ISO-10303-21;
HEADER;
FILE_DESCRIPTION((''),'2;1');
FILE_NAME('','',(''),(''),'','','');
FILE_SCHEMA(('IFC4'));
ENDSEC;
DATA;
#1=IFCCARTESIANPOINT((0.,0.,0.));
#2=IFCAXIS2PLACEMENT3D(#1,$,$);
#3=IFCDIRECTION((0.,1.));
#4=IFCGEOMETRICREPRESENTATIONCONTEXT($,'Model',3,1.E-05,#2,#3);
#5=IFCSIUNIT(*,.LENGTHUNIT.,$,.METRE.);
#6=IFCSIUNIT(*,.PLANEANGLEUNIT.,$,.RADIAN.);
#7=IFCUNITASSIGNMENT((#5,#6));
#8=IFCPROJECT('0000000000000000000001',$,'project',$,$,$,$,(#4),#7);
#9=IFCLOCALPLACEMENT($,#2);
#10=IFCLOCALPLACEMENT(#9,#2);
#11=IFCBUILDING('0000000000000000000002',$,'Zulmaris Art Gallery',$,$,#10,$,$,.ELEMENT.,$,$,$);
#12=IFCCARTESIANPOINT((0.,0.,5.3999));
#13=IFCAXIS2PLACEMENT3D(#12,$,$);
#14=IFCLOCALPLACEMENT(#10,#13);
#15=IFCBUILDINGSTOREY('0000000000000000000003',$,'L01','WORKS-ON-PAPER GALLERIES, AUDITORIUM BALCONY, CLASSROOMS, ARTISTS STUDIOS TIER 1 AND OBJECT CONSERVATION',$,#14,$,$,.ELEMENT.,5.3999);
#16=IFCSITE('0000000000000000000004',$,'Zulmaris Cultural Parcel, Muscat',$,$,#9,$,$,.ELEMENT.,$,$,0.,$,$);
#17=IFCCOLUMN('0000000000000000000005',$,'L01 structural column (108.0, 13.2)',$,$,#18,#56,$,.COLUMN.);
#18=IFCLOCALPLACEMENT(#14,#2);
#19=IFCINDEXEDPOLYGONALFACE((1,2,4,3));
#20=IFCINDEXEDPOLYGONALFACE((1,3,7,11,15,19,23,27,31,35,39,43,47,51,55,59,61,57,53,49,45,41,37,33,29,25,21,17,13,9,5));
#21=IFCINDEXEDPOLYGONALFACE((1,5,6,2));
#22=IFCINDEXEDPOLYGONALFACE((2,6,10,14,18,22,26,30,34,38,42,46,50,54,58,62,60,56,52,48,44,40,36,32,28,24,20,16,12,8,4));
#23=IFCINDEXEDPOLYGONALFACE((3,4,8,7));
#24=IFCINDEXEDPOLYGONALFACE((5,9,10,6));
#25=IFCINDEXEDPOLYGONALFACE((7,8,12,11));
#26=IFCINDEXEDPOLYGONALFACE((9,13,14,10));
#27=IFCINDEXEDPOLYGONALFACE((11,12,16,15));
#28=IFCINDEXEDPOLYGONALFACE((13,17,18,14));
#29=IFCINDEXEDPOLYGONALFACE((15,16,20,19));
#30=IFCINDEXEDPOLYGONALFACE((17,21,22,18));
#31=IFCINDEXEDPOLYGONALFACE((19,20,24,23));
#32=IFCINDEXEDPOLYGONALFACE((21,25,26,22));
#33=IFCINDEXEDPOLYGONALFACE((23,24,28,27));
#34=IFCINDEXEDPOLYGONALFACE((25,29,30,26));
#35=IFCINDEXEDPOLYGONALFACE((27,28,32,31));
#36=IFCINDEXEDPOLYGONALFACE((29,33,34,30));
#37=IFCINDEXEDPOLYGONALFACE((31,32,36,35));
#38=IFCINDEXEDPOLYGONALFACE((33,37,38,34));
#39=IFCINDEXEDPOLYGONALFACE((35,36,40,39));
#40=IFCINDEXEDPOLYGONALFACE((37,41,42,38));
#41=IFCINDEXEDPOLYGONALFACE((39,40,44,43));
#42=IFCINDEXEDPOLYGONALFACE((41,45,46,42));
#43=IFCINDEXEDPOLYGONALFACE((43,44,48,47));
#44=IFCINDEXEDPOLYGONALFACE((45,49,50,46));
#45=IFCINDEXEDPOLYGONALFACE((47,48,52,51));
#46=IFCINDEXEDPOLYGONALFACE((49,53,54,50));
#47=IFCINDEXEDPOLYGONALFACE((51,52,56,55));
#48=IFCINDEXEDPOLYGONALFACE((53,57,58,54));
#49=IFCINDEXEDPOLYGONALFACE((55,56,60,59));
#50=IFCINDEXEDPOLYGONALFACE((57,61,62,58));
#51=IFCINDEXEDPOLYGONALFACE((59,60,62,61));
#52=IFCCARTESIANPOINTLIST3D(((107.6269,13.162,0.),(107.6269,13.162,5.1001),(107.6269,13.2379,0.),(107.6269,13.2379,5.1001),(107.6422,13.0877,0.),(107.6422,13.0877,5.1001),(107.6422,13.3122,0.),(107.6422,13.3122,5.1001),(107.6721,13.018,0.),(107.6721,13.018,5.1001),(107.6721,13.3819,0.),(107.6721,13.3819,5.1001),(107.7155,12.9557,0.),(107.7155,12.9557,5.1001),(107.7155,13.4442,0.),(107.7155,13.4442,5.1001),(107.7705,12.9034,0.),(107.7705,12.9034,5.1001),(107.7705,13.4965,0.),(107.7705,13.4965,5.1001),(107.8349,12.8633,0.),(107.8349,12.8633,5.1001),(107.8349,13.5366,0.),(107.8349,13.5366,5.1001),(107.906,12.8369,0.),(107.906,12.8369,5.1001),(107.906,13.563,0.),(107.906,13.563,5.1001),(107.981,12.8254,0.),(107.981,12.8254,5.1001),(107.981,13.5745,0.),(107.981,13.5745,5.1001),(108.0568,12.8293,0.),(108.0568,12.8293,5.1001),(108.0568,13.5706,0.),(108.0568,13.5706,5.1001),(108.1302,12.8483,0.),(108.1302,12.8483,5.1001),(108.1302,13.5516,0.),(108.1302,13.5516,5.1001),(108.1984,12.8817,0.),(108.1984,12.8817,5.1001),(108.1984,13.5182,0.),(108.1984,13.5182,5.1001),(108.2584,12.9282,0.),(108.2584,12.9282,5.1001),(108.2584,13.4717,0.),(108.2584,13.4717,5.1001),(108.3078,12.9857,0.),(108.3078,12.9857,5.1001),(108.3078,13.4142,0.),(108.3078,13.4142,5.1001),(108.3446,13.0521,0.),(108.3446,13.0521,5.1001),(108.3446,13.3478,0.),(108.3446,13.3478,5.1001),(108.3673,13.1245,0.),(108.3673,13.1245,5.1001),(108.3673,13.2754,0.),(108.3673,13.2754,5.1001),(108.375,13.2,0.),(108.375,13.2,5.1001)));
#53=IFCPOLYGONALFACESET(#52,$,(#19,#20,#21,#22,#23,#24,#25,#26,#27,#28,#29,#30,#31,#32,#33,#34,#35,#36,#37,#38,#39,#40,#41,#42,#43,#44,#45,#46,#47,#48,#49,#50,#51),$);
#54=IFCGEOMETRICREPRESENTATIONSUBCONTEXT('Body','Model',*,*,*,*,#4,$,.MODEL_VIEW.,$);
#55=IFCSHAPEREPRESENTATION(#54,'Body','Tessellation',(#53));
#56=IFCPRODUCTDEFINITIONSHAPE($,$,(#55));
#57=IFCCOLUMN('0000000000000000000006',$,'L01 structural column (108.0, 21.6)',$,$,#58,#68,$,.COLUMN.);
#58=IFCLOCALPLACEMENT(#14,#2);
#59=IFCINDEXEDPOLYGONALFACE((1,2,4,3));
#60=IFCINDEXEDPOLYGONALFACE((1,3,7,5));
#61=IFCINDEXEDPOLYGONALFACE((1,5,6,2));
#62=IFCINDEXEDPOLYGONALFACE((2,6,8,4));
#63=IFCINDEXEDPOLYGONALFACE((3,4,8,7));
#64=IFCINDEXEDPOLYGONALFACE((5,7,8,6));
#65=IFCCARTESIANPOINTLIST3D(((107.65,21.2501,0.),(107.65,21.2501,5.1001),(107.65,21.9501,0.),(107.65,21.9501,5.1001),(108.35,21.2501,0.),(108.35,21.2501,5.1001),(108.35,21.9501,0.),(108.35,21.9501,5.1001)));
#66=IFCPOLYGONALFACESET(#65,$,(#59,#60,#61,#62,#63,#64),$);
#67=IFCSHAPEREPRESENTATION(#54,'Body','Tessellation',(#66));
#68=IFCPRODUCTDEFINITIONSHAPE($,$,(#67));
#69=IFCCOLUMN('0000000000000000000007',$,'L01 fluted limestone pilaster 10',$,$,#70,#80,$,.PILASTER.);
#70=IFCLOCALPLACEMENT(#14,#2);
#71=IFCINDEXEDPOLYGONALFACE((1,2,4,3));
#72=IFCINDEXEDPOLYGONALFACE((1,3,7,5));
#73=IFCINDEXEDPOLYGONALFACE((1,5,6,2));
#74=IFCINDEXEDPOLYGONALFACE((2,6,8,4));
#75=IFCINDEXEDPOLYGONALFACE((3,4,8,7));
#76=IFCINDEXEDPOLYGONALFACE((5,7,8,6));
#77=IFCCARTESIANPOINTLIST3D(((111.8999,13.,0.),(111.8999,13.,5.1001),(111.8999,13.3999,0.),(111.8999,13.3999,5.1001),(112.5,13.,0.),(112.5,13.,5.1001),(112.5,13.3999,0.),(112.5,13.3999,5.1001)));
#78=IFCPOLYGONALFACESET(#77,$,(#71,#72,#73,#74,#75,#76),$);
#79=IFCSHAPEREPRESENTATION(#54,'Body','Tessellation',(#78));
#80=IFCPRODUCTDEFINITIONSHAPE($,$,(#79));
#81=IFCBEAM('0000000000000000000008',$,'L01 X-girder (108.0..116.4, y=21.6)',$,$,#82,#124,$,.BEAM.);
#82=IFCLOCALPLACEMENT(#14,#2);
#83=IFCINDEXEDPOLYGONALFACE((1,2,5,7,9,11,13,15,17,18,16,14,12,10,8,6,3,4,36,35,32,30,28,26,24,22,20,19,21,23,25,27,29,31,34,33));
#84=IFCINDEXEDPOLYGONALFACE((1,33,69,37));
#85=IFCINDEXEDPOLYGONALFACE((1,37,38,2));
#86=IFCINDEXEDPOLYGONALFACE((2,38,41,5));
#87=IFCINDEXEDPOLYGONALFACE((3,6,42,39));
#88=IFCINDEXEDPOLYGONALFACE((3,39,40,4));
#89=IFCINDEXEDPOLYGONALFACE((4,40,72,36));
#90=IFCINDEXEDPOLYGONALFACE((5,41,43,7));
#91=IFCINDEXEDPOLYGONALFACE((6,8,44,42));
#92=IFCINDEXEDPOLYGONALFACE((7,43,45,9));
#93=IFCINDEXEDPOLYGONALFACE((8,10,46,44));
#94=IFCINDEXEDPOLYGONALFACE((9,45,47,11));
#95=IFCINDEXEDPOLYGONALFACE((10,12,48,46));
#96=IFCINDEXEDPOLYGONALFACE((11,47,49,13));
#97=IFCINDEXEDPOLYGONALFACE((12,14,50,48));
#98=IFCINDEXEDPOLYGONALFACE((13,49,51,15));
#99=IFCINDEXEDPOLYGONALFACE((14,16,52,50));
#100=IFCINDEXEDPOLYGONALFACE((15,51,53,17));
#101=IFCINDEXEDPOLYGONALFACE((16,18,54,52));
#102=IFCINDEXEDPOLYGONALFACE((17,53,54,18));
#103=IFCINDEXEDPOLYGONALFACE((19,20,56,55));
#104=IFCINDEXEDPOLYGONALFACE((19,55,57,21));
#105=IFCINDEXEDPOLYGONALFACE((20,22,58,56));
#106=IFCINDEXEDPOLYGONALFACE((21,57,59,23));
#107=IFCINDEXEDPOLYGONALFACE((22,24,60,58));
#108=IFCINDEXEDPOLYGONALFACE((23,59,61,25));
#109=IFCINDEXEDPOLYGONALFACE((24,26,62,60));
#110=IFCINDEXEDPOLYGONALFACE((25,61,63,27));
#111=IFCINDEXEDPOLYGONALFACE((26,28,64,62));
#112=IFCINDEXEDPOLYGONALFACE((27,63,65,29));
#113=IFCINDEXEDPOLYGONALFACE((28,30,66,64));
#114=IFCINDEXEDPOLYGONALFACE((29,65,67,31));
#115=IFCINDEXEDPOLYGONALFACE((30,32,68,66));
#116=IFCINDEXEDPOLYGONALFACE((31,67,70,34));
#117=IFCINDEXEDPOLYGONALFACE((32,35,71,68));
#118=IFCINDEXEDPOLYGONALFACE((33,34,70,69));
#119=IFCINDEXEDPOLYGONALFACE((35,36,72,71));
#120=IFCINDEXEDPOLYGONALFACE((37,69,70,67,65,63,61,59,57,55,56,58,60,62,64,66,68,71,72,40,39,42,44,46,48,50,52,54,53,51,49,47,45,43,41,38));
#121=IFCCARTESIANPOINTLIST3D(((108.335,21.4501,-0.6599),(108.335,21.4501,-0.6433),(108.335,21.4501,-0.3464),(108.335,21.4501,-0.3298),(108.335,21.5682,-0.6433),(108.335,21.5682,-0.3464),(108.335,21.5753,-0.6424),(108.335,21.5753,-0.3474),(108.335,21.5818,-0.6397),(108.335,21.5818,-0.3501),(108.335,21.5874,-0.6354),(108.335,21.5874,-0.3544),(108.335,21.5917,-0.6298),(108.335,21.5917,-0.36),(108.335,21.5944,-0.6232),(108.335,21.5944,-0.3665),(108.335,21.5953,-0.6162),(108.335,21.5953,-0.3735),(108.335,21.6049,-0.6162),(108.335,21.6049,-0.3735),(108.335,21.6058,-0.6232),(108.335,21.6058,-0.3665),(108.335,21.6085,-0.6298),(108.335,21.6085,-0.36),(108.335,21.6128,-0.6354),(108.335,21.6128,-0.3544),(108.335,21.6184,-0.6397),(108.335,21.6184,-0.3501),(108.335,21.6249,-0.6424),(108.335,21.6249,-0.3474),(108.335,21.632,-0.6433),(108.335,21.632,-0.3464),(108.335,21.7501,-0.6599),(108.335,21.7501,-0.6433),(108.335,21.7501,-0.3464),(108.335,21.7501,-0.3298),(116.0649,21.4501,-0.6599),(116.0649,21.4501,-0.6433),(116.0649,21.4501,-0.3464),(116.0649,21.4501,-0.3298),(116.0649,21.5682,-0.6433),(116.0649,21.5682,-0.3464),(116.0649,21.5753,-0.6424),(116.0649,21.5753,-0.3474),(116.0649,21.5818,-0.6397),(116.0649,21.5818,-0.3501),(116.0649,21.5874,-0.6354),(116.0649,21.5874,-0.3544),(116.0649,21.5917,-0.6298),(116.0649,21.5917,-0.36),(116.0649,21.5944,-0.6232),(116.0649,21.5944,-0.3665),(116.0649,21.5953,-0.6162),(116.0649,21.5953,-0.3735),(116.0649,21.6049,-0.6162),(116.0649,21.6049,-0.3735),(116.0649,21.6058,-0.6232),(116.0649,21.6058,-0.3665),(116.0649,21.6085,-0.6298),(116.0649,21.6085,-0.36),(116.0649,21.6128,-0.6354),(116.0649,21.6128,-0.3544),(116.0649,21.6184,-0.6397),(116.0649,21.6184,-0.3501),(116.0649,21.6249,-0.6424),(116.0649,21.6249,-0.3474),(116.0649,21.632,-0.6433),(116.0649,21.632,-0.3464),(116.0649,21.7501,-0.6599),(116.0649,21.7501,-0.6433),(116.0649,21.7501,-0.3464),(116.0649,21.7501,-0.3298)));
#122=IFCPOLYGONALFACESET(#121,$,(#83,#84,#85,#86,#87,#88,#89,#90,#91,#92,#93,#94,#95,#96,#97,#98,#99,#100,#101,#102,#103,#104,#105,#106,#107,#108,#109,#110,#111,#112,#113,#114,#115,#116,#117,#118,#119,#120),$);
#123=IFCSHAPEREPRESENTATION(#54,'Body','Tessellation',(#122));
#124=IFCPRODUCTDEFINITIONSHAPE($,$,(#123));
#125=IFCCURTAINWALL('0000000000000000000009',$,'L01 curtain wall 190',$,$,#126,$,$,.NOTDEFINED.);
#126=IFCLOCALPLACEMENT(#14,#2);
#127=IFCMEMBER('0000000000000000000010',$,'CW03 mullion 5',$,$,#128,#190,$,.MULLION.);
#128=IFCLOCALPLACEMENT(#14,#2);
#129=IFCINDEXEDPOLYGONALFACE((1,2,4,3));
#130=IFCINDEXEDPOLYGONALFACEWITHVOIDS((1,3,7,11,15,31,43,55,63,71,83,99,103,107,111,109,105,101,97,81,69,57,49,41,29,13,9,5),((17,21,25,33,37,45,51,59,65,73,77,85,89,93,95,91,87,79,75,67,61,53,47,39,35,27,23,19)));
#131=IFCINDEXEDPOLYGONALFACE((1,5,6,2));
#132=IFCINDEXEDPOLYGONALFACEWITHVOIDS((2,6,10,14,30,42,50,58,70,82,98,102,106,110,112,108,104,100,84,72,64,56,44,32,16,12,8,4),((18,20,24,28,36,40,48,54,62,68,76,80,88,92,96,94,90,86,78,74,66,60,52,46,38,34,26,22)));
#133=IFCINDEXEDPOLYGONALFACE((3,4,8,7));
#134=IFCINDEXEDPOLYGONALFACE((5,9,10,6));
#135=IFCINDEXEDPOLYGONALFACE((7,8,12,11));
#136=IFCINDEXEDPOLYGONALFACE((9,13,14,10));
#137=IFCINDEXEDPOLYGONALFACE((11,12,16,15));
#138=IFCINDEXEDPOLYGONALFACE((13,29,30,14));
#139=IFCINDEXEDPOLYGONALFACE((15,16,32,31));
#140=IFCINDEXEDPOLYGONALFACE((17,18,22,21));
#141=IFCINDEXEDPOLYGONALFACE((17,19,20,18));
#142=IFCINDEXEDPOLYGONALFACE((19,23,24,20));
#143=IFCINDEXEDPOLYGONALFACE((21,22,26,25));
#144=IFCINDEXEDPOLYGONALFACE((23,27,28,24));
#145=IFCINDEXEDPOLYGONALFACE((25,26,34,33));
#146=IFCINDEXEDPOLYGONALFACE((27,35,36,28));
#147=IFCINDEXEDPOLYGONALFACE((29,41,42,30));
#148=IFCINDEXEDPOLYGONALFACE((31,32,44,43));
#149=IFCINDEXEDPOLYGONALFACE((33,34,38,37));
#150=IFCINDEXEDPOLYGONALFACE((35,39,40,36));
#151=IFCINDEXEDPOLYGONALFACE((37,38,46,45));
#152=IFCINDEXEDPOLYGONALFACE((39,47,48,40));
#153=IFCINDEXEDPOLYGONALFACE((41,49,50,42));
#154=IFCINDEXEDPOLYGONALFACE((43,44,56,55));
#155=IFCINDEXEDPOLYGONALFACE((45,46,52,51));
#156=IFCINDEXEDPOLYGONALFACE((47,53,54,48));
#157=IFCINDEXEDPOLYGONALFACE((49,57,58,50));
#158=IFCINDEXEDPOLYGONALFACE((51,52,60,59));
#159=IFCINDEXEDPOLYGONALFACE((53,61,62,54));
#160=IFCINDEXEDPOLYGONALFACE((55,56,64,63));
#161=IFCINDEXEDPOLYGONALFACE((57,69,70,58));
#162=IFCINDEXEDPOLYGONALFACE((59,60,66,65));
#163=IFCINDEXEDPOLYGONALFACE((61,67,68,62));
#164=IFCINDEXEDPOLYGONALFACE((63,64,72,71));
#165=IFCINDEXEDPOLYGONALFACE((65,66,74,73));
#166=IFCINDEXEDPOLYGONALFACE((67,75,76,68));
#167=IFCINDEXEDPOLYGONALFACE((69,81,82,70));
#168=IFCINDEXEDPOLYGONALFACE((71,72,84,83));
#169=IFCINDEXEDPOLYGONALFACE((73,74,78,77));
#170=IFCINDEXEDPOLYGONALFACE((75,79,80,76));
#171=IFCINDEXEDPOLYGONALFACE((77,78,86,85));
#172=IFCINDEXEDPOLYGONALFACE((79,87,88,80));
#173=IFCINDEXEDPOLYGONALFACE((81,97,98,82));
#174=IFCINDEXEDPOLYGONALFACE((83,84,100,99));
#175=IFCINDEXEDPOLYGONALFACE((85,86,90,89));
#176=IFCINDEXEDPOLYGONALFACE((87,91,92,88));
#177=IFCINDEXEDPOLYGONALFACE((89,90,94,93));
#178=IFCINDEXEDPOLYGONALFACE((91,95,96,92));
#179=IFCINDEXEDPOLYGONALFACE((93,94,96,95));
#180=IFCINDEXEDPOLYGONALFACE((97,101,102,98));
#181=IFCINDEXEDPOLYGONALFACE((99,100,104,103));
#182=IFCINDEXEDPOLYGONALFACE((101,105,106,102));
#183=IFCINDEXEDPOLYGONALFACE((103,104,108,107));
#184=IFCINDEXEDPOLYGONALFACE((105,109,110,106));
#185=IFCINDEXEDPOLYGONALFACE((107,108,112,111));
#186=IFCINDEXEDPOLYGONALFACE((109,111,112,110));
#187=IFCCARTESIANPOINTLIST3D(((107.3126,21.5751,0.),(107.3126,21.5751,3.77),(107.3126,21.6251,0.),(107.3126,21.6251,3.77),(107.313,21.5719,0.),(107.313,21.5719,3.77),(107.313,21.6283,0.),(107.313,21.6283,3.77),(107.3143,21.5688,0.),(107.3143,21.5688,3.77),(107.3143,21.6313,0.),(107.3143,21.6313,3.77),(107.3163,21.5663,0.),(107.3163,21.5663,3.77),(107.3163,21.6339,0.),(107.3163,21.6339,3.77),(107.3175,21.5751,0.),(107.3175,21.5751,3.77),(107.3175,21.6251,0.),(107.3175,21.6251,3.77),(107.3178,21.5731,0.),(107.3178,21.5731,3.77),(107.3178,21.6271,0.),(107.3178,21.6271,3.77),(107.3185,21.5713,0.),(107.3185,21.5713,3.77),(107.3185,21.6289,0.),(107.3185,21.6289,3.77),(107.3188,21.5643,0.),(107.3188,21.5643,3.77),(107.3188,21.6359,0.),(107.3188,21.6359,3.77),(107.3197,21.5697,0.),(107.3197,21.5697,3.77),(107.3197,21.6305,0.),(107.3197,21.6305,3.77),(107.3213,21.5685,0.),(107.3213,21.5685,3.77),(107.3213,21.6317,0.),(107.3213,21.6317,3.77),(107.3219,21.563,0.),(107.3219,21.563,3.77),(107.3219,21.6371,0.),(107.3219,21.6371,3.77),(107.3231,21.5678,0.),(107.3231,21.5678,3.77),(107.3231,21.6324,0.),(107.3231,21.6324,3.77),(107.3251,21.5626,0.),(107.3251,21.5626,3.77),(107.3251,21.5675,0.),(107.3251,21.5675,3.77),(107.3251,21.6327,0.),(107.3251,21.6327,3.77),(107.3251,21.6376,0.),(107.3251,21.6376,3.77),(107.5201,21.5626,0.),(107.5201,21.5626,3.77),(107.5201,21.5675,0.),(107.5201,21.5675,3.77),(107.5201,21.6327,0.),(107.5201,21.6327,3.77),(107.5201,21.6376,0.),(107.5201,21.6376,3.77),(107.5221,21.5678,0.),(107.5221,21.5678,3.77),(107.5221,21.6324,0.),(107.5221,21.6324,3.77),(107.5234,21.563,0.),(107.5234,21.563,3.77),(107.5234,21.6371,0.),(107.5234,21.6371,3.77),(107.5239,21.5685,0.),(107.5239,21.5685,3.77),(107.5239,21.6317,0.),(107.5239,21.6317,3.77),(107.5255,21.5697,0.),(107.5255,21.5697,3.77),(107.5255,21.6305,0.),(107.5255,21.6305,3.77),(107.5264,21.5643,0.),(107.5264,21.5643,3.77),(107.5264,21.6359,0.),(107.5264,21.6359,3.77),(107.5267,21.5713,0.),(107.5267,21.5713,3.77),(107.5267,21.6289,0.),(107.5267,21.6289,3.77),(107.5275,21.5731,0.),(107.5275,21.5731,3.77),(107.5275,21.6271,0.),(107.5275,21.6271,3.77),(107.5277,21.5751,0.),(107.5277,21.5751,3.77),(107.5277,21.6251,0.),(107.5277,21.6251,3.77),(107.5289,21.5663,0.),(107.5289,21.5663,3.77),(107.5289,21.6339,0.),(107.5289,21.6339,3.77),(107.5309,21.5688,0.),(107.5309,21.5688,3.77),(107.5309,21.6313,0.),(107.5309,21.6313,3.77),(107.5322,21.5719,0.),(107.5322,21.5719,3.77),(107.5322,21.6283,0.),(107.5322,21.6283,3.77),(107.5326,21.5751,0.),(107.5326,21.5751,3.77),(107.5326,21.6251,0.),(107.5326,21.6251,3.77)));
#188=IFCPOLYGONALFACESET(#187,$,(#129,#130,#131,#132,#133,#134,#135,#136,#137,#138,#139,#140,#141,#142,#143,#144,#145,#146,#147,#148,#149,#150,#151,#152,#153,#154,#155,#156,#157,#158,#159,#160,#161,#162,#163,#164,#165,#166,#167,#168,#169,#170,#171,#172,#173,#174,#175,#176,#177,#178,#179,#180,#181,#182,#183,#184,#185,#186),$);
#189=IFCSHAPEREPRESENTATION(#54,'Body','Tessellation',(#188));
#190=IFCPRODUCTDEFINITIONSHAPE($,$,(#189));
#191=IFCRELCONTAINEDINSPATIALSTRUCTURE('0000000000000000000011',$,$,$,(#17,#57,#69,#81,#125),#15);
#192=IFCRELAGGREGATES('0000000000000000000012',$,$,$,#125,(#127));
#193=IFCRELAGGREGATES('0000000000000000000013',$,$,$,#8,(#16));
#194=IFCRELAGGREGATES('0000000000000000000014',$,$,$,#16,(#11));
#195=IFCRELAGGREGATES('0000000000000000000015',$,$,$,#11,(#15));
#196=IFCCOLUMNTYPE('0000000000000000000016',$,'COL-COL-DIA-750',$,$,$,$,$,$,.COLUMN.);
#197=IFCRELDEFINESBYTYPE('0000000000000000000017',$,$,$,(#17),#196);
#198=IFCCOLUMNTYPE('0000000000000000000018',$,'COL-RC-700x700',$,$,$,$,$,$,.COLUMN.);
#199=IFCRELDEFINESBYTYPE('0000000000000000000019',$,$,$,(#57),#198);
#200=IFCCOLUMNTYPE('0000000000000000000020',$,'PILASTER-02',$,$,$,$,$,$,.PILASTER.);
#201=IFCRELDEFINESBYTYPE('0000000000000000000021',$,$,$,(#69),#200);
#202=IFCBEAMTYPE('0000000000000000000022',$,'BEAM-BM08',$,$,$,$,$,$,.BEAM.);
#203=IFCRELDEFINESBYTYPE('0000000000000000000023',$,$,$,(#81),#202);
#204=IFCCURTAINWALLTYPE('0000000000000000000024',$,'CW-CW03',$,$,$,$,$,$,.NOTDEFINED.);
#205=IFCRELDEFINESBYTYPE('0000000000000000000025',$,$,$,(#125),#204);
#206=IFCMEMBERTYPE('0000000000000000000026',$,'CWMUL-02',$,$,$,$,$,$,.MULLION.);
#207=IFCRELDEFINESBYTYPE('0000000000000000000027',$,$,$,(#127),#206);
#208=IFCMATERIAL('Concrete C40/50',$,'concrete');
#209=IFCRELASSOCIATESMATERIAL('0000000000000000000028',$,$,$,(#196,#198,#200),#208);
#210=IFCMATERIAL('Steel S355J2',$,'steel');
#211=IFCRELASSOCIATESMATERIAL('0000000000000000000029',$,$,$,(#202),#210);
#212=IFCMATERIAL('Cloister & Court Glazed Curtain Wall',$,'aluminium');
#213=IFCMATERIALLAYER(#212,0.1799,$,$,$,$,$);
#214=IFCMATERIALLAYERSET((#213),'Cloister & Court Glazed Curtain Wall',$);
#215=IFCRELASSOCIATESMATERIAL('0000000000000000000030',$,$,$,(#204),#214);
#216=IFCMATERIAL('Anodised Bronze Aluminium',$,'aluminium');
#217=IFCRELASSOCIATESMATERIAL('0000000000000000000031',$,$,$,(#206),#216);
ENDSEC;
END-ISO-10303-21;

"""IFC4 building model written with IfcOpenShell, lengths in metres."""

from ifc_helpers import new_model, si_unit, direction, frame, origin, origin_2d, place, context, subcontext, project, spatial, rectangle, hollow_rectangle, circle, i_section, extrude, material, layer, layer_set, material_profile, profile_set, type_object, element, aggregate, save


model = new_model("IFC4")

# Units and contexts
model_context = context("Model", 3, precision=1e-05, world=origin(), true_north=direction((0.0, 1.0)))
body_context = subcontext(model_context, "Body", "Model", "MODEL_VIEW")
ifc_project = project(units=[si_unit("LENGTHUNIT", "METRE"), si_unit("PLANEANGLEUNIT", "RADIAN")], contexts=[model_context])

# Site, building, storey
site_placement = place(None, origin())
site = spatial("IfcSite", under=ifc_project, at=site_placement, Name="Zulmaris Cultural Parcel, Muscat", CompositionType="ELEMENT", RefElevation=0.0)
building_placement = place(site_placement, origin())
building = spatial("IfcBuilding", under=site, at=building_placement, Name="Zulmaris Art Gallery", CompositionType="ELEMENT")
storey_placement = place(building_placement, frame((0.0, 0.0, 5.3999)))
storey = spatial("IfcBuildingStorey", under=building, at=storey_placement, Name="L01", Description="WORKS-ON-PAPER GALLERIES, AUDITORIUM BALCONY, CLASSROOMS, ARTISTS STUDIOS TIER 1 AND OBJECT CONSERVATION", CompositionType="ELEMENT", Elevation=5.3999)

# Columns
ifc_material_1 = material(Name="Concrete C40/50", Category="concrete")
ifc_material_profile_1 = material_profile(ifc_material_1, circle(Radius=0.375, at=origin_2d()), Name="COL DIA 750")
ifc_profile_set_1 = profile_set([ifc_material_profile_1], Name="Concrete C40/50")
column_type_1 = type_object("IfcColumnType", Name="COL-COL-DIA-750", PredefinedType="COLUMN", material=ifc_profile_set_1)
column_1_placement = place(storey_placement, frame((108.0, 13.2, 0.0), z_axis=(0.0, 0.0, 1.0), x_axis=(1.0, 0.0, 0.0)))
element("IfcColumn", 1, at=column_1_placement, inside=storey, type_object=column_type_1, Name="L01 structural column (108.0, 13.2)", PredefinedType="COLUMN", context=body_context, shape_type="SweptSolid", body=[
    extrude(circle(Radius=0.375, at=origin_2d()), origin(), (0.0, 0.0, 1.0), 5.1001),
])
ifc_material_profile_2 = material_profile(ifc_material_1, rectangle(XDim=0.7, YDim=0.7, at=origin_2d()), Name="RC 700x700")
ifc_profile_set_2 = profile_set([ifc_material_profile_2], Name="Concrete C40/50")
column_type_2 = type_object("IfcColumnType", Name="COL-RC-700x700", PredefinedType="COLUMN", material=ifc_profile_set_2)
column_2_placement = place(storey_placement, frame((108.0, 21.6001, 0.0), z_axis=(0.0, 0.0, 1.0), x_axis=(1.0, 0.0, 0.0)))
element("IfcColumn", 2, at=column_2_placement, inside=storey, type_object=column_type_2, Name="L01 structural column (108.0, 21.6)", PredefinedType="COLUMN", context=body_context, shape_type="SweptSolid", body=[
    extrude(rectangle(XDim=0.7, YDim=0.7, at=origin_2d()), origin(), (0.0, 0.0, 1.0), 5.1001),
])
ifc_material_profile_3 = material_profile(ifc_material_1, rectangle(XDim=0.6001, YDim=0.3999, at=origin_2d()), Name="PIL 600x400")
ifc_profile_set_3 = profile_set([ifc_material_profile_3], Name="Concrete C40/50")
column_type_3 = type_object("IfcColumnType", Name="PILASTER-02", PredefinedType="PILASTER", material=ifc_profile_set_3)
column_3_placement = place(storey_placement, frame((112.2, 13.2, 0.0), z_axis=(0.0, 0.0, 1.0), x_axis=(1.0, 0.0, 0.0)))
element("IfcColumn", 3, at=column_3_placement, inside=storey, type_object=column_type_3, Name="L01 fluted limestone pilaster 10", PredefinedType="PILASTER", context=body_context, shape_type="SweptSolid", body=[
    extrude(rectangle(XDim=0.6001, YDim=0.3999, at=origin_2d()), origin(), (0.0, 0.0, 1.0), 5.1001),
])

# Beam
ifc_material_2 = material(Name="Steel S355J2", Category="steel")
ifc_material_profile_4 = material_profile(ifc_material_2, i_section(OverallWidth=0.3, OverallDepth=0.3301, WebThickness=0.0095, FlangeThickness=0.0166, FilletRadius=0.0271, at=origin_2d()), Name="HEA 340")
ifc_profile_set_4 = profile_set([ifc_material_profile_4], Name="Steel S355J2")
beam_type = type_object("IfcBeamType", Name="BEAM-BM08", PredefinedType="BEAM", material=ifc_profile_set_4)
beam_placement = place(storey_placement, frame((108.335, 21.6001, -0.4949), z_axis=(1.0, 0.0, 0.0), x_axis=(0.0, 1.0, 0.0)))
element("IfcBeam", 4, at=beam_placement, inside=storey, type_object=beam_type, Name="L01 X-girder (108.0..116.4, y=21.6)", PredefinedType="BEAM", context=body_context, shape_type="SweptSolid", body=[
    extrude(i_section(OverallWidth=0.3, OverallDepth=0.3301, WebThickness=0.0095, FlangeThickness=0.0166, FilletRadius=0.0271, at=origin_2d()), origin(), (0.0, 0.0, 1.0), 7.73),
])

# Curtain wall, member
ifc_material_3 = material(Name="Cloister & Court Glazed Curtain Wall", Category="aluminium")
ifc_layer_1 = layer(ifc_material_3, 0.1799)
ifc_layer_set_1 = layer_set([ifc_layer_1], Name="Cloister & Court Glazed Curtain Wall")
curtain_wall_type = type_object("IfcCurtainWallType", Name="CW-CW03", PredefinedType="NOTDEFINED", material=ifc_layer_set_1)
curtain_wall_1_placement = place(storey_placement, origin())
curtain_wall_1 = element("IfcCurtainWall", 5, at=curtain_wall_1_placement, inside=storey, type_object=curtain_wall_type, Name="L01 curtain wall 190", PredefinedType="NOTDEFINED")
ifc_material_4 = material(Name="Anodised Bronze Aluminium", Category="aluminium")
ifc_material_profile_5 = material_profile(ifc_material_4, hollow_rectangle(XDim=0.075, YDim=0.22, WallThickness=0.0049, InnerFilletRadius=0.0076, OuterFilletRadius=0.0125, at=origin_2d()), Name="ALU 75x220x5")
ifc_profile_set_5 = profile_set([ifc_material_profile_5], Name="Anodised Bronze Aluminium")
member_type_1 = type_object("IfcMemberType", Name="CWMUL-02", PredefinedType="MULLION", material=ifc_profile_set_5)
member_1_placement = place(storey_placement, frame((107.4226, 21.6001, 0.0), z_axis=(0.0, 0.0, 1.0), x_axis=(0.0, 1.0, 0.0)))
member_1 = element("IfcMember", 6, at=member_1_placement, type_object=member_type_1, Name="CW03 mullion 5", PredefinedType="MULLION", context=body_context, shape_type="SweptSolid", body=[
    extrude(hollow_rectangle(XDim=0.075, YDim=0.22, WallThickness=0.0049, InnerFilletRadius=0.0076, OuterFilletRadius=0.0125, at=origin_2d()), origin(), (0.0, 0.0, 1.0), 3.77),
])

aggregate(curtain_wall_1, [member_1])

save(model, "model.ifc")
